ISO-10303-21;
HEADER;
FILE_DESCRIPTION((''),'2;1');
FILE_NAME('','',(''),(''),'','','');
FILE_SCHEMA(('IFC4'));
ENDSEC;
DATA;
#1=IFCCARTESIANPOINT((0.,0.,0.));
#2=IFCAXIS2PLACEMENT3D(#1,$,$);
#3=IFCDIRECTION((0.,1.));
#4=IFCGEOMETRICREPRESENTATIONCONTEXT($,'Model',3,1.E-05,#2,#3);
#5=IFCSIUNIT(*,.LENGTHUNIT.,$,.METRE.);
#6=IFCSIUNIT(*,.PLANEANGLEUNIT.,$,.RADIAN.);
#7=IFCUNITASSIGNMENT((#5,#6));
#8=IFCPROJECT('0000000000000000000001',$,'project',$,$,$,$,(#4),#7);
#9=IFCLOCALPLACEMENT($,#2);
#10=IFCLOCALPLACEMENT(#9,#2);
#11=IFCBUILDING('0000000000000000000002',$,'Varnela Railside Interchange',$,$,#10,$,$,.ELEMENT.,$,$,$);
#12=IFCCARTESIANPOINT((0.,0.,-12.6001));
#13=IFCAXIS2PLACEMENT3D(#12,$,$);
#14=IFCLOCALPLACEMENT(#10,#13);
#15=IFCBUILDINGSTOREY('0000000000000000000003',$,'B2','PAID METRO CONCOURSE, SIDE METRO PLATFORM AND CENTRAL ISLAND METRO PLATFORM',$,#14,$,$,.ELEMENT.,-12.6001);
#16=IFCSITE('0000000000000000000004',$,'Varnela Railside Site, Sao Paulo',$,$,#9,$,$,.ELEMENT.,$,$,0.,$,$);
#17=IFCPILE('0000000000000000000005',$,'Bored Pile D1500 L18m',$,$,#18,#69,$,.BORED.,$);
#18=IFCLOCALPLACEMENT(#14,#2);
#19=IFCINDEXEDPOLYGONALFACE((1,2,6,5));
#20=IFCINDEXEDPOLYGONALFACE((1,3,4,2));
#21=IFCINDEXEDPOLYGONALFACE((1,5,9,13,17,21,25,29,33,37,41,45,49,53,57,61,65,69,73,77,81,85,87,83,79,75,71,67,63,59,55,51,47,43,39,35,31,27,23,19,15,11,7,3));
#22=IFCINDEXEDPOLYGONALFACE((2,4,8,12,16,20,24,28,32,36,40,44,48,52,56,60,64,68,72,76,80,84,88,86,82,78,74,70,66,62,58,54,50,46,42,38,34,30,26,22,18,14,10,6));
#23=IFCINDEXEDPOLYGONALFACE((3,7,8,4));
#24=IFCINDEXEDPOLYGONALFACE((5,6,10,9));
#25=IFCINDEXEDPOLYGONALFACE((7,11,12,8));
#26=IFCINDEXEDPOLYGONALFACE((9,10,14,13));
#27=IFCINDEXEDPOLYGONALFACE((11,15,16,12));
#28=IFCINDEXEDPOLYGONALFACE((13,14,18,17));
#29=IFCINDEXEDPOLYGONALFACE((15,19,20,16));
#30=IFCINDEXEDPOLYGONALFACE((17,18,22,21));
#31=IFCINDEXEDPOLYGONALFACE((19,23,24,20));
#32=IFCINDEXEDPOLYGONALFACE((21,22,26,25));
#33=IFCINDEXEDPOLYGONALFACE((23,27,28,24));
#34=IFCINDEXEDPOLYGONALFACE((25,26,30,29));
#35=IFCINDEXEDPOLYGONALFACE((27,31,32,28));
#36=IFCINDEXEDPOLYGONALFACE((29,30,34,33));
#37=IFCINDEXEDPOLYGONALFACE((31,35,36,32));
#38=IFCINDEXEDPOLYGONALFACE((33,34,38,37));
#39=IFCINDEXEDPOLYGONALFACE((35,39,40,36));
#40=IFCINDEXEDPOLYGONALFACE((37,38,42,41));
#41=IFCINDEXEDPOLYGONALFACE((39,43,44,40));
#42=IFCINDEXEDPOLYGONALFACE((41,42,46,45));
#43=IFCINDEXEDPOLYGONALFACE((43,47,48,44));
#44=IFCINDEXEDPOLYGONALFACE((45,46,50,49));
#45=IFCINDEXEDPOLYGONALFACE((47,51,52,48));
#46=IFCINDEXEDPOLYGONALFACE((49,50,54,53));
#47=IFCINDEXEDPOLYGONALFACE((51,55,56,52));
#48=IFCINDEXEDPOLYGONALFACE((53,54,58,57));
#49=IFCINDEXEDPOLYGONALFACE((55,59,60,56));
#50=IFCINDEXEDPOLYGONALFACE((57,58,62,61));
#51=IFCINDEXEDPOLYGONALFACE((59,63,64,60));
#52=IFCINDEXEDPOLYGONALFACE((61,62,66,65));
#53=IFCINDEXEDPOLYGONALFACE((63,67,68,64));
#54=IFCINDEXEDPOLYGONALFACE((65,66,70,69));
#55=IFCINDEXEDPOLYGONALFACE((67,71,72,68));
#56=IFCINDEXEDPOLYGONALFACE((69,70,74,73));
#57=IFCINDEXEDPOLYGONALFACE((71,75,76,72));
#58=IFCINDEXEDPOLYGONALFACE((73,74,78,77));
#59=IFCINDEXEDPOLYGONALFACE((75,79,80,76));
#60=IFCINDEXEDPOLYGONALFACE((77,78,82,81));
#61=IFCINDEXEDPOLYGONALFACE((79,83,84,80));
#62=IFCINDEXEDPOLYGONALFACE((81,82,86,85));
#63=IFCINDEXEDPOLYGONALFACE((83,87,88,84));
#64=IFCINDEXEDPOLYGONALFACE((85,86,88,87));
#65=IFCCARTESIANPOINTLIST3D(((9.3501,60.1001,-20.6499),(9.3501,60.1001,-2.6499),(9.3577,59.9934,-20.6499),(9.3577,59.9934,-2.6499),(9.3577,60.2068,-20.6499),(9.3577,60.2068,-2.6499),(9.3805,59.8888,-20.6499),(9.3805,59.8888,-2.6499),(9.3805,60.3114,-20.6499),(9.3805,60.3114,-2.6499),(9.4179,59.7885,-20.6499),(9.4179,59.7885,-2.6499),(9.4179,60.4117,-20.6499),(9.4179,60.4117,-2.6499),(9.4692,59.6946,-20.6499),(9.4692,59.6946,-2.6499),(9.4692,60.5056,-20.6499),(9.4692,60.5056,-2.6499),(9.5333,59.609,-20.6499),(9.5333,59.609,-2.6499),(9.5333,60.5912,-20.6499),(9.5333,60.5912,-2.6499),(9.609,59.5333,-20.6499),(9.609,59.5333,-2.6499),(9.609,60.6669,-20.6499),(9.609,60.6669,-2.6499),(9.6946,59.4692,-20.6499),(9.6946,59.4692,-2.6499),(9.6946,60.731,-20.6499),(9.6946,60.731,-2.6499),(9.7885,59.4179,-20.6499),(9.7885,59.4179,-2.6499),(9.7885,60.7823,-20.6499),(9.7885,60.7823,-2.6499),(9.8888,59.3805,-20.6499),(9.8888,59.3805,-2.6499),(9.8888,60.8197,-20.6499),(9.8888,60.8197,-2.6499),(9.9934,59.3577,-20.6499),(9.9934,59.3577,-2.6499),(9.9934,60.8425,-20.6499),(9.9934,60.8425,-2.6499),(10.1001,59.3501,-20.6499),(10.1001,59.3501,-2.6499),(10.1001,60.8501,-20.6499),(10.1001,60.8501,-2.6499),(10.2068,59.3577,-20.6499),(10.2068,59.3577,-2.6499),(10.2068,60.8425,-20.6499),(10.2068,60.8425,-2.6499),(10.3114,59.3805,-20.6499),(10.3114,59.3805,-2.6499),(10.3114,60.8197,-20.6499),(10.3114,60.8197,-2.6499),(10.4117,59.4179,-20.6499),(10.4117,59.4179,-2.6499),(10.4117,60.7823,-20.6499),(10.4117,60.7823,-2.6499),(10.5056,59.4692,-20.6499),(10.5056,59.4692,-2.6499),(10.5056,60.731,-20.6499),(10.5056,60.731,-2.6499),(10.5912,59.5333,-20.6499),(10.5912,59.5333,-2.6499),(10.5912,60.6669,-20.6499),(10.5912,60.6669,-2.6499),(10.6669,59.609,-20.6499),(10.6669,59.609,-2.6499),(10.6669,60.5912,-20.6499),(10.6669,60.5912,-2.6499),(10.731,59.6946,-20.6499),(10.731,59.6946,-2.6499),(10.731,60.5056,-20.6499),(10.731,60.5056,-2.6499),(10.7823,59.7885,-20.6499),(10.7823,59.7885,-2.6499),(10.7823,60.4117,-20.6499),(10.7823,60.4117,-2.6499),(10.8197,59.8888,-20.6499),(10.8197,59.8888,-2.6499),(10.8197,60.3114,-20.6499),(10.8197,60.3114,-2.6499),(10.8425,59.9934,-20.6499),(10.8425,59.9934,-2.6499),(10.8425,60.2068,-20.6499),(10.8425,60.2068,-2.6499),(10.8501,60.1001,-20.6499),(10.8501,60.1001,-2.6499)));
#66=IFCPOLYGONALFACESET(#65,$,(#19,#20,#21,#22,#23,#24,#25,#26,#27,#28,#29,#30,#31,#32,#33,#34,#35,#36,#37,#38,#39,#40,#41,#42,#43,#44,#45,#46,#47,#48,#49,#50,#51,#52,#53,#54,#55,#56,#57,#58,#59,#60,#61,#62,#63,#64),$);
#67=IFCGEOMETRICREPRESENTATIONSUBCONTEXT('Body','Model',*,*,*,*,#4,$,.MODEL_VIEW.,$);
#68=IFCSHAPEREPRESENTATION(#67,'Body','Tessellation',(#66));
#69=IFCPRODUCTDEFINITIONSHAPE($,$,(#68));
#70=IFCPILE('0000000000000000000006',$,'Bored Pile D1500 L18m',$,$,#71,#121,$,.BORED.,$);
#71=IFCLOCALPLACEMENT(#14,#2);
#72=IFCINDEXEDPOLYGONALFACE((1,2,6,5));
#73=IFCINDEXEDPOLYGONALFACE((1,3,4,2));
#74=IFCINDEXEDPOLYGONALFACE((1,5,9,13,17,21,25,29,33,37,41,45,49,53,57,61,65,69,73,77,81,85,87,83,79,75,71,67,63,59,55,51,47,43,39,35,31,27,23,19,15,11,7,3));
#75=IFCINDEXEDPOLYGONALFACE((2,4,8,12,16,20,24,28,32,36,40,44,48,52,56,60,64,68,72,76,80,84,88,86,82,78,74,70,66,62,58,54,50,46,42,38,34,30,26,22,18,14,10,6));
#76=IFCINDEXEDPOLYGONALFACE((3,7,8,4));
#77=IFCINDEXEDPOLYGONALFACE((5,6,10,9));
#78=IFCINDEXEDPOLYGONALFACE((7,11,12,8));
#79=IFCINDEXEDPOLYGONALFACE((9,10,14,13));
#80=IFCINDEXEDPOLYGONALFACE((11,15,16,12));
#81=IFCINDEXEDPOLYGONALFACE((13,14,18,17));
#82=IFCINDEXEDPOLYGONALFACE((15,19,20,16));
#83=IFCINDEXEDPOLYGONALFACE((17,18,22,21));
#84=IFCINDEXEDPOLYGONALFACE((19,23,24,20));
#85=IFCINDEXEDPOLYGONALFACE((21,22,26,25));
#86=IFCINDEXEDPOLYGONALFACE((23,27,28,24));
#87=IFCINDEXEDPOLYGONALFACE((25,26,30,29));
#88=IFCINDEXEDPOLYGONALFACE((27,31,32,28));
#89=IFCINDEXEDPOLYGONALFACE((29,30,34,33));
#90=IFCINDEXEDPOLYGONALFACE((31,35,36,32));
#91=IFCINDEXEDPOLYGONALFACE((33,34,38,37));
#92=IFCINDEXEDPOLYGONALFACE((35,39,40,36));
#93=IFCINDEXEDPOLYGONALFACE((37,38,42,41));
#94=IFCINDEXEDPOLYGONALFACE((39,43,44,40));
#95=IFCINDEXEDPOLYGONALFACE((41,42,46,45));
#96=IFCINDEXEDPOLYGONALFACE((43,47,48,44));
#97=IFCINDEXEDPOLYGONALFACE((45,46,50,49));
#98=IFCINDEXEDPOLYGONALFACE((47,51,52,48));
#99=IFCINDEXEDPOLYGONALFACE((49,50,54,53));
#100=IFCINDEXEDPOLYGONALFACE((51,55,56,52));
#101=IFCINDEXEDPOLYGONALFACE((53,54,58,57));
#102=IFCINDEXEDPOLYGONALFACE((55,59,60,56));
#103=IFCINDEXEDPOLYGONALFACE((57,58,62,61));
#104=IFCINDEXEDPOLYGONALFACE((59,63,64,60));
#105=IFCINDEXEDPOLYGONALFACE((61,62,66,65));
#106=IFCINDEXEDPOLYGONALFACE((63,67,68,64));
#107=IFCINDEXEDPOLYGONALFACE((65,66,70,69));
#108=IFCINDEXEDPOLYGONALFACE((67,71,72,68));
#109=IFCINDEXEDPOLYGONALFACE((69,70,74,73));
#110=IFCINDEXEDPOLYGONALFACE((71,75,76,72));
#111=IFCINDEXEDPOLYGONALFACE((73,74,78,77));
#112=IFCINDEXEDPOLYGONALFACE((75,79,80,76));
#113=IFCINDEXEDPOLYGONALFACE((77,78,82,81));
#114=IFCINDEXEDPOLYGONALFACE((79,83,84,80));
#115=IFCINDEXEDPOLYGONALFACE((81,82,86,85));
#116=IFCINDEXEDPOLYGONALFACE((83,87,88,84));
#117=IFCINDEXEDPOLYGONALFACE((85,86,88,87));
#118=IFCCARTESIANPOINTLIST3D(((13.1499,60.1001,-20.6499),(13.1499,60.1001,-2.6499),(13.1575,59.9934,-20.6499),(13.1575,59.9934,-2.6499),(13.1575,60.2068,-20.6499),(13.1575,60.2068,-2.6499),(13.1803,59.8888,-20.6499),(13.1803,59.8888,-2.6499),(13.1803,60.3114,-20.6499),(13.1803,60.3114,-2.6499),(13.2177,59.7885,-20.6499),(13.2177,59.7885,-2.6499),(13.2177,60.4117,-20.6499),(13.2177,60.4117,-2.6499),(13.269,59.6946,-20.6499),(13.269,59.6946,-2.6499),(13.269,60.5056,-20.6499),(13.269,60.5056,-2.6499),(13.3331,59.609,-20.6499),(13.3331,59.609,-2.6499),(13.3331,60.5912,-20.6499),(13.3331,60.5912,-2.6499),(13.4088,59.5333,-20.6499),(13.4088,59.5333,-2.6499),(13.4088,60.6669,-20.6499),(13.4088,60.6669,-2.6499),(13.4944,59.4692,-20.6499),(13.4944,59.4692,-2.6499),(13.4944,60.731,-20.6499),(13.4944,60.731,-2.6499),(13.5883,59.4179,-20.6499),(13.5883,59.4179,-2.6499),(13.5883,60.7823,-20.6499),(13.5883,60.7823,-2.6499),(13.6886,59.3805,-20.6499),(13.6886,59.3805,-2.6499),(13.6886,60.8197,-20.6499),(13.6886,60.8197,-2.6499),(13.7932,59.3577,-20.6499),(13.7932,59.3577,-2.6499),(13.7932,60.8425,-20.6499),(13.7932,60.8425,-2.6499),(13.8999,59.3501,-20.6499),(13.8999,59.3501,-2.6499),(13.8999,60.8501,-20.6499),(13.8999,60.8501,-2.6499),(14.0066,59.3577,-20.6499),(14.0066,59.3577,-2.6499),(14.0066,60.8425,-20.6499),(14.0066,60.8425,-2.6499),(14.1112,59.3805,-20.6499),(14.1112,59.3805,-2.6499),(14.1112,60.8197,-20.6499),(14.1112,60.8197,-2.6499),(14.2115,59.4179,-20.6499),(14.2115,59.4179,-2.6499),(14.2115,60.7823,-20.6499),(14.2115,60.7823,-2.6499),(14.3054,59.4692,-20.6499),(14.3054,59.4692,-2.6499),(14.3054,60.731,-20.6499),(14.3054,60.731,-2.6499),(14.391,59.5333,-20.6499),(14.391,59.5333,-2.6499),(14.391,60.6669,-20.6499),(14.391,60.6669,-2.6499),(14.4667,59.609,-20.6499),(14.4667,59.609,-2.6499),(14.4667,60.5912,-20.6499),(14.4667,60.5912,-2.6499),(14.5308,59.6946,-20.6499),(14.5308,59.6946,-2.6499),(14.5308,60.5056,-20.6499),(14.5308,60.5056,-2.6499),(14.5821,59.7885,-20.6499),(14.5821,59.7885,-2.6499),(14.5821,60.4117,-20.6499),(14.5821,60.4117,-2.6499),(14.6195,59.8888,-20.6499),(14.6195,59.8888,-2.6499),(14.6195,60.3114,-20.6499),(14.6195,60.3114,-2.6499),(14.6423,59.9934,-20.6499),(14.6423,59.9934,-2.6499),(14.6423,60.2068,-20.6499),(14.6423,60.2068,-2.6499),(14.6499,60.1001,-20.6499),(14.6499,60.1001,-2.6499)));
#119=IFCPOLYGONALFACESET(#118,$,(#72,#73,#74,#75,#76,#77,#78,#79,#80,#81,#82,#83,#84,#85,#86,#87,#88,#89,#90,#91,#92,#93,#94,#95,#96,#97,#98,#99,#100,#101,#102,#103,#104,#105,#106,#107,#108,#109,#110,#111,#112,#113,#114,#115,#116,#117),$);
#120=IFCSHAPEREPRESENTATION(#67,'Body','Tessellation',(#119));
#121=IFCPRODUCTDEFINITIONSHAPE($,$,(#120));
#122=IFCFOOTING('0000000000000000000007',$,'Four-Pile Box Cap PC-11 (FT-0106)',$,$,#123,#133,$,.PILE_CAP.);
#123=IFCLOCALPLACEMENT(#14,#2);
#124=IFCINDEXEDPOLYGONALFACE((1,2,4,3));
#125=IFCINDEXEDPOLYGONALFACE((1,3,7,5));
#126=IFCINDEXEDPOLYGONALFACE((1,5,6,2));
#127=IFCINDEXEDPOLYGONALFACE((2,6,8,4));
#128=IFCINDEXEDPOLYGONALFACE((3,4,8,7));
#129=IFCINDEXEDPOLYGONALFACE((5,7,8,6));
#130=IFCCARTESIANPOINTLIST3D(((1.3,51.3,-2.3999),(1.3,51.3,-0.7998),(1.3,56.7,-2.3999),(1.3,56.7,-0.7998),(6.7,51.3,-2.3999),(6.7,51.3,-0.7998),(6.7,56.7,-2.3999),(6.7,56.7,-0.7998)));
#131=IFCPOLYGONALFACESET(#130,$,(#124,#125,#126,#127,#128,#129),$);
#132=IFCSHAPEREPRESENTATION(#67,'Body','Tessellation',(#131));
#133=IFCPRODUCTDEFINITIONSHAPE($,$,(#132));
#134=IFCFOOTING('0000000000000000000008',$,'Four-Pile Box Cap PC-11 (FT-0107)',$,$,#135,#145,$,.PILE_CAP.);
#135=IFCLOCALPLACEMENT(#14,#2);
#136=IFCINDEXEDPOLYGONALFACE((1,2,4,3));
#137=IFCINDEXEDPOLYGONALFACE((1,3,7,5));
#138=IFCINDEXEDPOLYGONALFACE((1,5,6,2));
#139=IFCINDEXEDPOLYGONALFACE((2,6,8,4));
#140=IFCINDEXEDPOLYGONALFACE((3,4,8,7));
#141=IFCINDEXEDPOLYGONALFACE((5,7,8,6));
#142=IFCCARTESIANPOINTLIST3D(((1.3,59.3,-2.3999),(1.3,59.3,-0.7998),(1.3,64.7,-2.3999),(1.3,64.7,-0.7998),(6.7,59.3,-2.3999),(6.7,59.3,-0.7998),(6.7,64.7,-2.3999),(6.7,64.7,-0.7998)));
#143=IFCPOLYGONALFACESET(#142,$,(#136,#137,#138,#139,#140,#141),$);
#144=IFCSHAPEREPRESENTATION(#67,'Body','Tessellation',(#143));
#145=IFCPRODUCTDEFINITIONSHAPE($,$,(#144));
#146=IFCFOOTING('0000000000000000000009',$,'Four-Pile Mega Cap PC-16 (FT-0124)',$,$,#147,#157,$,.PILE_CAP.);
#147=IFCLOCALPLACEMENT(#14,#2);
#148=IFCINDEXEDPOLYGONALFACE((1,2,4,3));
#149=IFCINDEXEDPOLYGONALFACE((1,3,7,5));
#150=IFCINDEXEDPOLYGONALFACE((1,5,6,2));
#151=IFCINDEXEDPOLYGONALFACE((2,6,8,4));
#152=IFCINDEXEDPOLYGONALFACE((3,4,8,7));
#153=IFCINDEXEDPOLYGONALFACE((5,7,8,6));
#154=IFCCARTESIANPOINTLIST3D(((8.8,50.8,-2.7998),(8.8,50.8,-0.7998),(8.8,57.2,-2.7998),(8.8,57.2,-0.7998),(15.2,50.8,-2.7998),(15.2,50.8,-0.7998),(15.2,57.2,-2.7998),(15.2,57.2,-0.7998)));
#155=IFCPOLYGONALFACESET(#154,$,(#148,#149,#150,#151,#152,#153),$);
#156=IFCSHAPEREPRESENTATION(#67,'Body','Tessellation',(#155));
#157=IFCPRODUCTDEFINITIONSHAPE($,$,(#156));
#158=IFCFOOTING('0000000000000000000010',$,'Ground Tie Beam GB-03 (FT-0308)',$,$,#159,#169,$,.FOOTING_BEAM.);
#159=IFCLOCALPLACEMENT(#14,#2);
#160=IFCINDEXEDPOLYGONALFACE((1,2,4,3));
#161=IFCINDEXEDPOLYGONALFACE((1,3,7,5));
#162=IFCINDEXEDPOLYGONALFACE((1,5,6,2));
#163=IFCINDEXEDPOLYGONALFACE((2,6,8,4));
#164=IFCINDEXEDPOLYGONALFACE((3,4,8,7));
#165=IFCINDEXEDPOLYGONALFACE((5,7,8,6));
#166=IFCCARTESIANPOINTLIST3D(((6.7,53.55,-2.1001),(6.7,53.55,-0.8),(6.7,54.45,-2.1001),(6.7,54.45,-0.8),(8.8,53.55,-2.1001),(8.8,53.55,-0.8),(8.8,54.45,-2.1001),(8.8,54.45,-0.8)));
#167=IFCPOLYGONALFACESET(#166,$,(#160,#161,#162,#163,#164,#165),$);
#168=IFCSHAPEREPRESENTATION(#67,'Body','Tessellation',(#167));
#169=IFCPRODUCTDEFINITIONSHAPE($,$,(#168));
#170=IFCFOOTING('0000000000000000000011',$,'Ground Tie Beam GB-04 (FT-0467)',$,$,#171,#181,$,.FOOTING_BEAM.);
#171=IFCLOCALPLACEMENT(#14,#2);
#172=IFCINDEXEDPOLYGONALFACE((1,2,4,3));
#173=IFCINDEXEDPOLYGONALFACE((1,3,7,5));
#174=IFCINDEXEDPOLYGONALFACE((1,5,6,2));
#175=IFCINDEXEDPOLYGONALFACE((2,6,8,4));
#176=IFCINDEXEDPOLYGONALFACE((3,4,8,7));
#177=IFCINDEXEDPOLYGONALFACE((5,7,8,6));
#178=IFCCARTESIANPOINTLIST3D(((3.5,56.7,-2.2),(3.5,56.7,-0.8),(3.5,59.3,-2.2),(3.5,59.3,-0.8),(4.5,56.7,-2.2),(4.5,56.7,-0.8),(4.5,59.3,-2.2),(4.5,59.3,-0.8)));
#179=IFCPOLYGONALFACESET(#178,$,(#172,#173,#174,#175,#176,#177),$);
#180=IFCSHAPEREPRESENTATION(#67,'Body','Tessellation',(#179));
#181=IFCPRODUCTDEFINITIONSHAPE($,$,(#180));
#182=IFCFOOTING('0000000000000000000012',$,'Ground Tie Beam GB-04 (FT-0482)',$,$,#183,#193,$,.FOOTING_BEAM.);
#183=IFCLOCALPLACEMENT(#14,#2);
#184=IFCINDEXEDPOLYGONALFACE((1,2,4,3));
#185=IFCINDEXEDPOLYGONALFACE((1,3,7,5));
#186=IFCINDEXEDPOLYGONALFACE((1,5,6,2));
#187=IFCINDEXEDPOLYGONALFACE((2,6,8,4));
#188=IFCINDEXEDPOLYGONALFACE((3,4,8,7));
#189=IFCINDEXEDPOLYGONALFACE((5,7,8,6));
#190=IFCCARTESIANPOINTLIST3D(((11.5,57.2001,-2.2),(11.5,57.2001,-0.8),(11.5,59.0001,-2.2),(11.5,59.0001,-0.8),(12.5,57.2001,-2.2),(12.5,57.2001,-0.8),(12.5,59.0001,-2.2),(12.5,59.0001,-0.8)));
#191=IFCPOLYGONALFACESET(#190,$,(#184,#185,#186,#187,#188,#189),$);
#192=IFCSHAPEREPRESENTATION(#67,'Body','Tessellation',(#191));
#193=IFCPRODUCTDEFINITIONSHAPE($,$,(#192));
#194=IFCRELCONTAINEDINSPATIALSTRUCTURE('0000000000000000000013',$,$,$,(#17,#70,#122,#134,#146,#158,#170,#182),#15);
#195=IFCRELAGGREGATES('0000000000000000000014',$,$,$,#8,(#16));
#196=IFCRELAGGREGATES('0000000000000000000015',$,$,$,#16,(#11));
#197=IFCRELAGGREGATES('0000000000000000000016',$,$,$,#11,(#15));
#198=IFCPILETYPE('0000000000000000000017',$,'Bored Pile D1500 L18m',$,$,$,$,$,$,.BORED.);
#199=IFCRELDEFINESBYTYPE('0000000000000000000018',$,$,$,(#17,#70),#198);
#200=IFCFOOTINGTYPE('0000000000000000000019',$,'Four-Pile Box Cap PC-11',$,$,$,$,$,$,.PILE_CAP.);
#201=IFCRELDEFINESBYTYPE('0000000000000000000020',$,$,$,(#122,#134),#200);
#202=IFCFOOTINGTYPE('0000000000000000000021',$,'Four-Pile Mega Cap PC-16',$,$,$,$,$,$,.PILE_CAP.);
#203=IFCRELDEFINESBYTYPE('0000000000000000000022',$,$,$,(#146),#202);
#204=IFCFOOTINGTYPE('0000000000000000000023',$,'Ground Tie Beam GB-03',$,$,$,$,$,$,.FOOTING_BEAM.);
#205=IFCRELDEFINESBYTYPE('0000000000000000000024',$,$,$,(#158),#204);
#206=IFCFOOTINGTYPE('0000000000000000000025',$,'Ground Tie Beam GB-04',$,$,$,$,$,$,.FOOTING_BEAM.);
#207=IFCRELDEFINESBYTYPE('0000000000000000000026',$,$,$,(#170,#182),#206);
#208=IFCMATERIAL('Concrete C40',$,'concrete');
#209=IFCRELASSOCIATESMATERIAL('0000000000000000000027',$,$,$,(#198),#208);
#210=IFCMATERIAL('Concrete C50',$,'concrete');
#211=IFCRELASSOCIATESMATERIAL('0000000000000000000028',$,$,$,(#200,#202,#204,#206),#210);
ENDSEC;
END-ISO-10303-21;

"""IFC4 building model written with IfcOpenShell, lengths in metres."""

from ifc_helpers import new_model, si_unit, direction, frame, origin, origin_2d, place, context, subcontext, project, spatial, rectangle, circle, extrude, material, material_profile, profile_set, type_object, element, save


model = new_model("IFC4")

# Units and contexts
model_context = context("Model", 3, precision=1e-05, world=origin(), true_north=direction((0.0, 1.0)))
body_context = subcontext(model_context, "Body", "Model", "MODEL_VIEW")
ifc_project = project(units=[si_unit("LENGTHUNIT", "METRE"), si_unit("PLANEANGLEUNIT", "RADIAN")], contexts=[model_context])

# Site, building, storey
site_placement = place(None, origin())
site = spatial("IfcSite", under=ifc_project, at=site_placement, Name="Varnela Railside Site, Sao Paulo", CompositionType="ELEMENT", RefElevation=0.0)
building_placement = place(site_placement, origin())
building = spatial("IfcBuilding", under=site, at=building_placement, Name="Varnela Railside Interchange", CompositionType="ELEMENT")
storey_placement = place(building_placement, frame((0.0, 0.0, -12.6001)))
storey = spatial("IfcBuildingStorey", under=building, at=storey_placement, Name="B2", Description="PAID METRO CONCOURSE, SIDE METRO PLATFORM AND CENTRAL ISLAND METRO PLATFORM", CompositionType="ELEMENT", Elevation=-12.6001)

# Piles
ifc_material_1 = material(Name="Concrete C40", Category="concrete")
ifc_material_profile_1 = material_profile(ifc_material_1, circle(Radius=0.75, at=origin_2d()), Name="BORED PILE D1500")
ifc_profile_set_1 = profile_set([ifc_material_profile_1], Name="Concrete C40")
pile_type_1 = type_object("IfcPileType", Name="Bored Pile D1500 L18m", PredefinedType="BORED", material=ifc_profile_set_1)
for number, where, z_axis, x_axis, name in (
    (1, (10.1001, 60.1001, -2.6499), (0.0, 0.0, -1.0), (1.0, 0.0, 0.0), "Bored Pile D1500 L18m"),
    (2, (13.8999, 60.1001, -2.6499), (0.0, 0.0, -1.0), (1.0, 0.0, 0.0), "Bored Pile D1500 L18m"),
):
    element("IfcPile", number, at=place(storey_placement, frame(where, z_axis=z_axis, x_axis=x_axis)), inside=storey, type_object=pile_type_1, Name=name, PredefinedType="BORED", context=body_context, shape_type="SweptSolid", body=[
        extrude(circle(Radius=0.75, at=origin_2d()), origin(), (0.0, 0.0, 1.0), 18.0),
    ])

# Footings
ifc_material_2 = material(Name="Concrete C50", Category="concrete")
footing_type_1 = type_object("IfcFootingType", Name="Four-Pile Box Cap PC-11", PredefinedType="PILE_CAP", material=ifc_material_2)
for number, where, z_axis, x_axis, name in (
    (3, (4.0, 54.0, -2.3999), (0.0, 0.0, 1.0), (1.0, 0.0, 0.0), "Four-Pile Box Cap PC-11 (FT-0106)"),
    (4, (4.0, 62.0, -2.3999), (0.0, 0.0, 1.0), (1.0, 0.0, 0.0), "Four-Pile Box Cap PC-11 (FT-0107)"),
):
    element("IfcFooting", number, at=place(storey_placement, frame(where, z_axis=z_axis, x_axis=x_axis)), inside=storey, type_object=footing_type_1, Name=name, PredefinedType="PILE_CAP", context=body_context, shape_type="SweptSolid", body=[
        extrude(rectangle(XDim=5.3999, YDim=5.3999, at=origin_2d()), origin(), (0.0, 0.0, 1.0), 1.6001),
    ])
footing_type_2 = type_object("IfcFootingType", Name="Four-Pile Mega Cap PC-16", PredefinedType="PILE_CAP", material=ifc_material_2)
footing_1_placement = place(storey_placement, frame((12.0, 54.0, -2.7998), z_axis=(0.0, 0.0, 1.0), x_axis=(1.0, 0.0, 0.0)))
element("IfcFooting", 5, at=footing_1_placement, inside=storey, type_object=footing_type_2, Name="Four-Pile Mega Cap PC-16 (FT-0124)", PredefinedType="PILE_CAP", context=body_context, shape_type="SweptSolid", body=[
    extrude(rectangle(XDim=6.3999, YDim=6.3999, at=origin_2d()), origin(), (0.0, 0.0, 1.0), 2.0),
])
footing_type_3 = type_object("IfcFootingType", Name="Ground Tie Beam GB-03", PredefinedType="FOOTING_BEAM", material=ifc_material_2)
footing_2_placement = place(storey_placement, frame((7.75, 54.0, -2.1001), z_axis=(0.0, 0.0, 1.0), x_axis=(1.0, 0.0, 0.0)))
element("IfcFooting", 6, at=footing_2_placement, inside=storey, type_object=footing_type_3, Name="Ground Tie Beam GB-03 (FT-0308)", PredefinedType="FOOTING_BEAM", context=body_context, shape_type="SweptSolid", body=[
    extrude(rectangle(XDim=2.1001, YDim=0.8999, at=origin_2d()), origin(), (0.0, 0.0, 1.0), 1.3),
])
footing_type_4 = type_object("IfcFootingType", Name="Ground Tie Beam GB-04", PredefinedType="FOOTING_BEAM", material=ifc_material_2)
footing_3_placement = place(storey_placement, frame((4.0, 58.0, -2.2), z_axis=(0.0, 0.0, 1.0), x_axis=(1.0, 0.0, 0.0)))
element("IfcFooting", 7, at=footing_3_placement, inside=storey, type_object=footing_type_4, Name="Ground Tie Beam GB-04 (FT-0467)", PredefinedType="FOOTING_BEAM", context=body_context, shape_type="SweptSolid", body=[
    extrude(rectangle(XDim=1.0, YDim=2.6001, at=origin_2d()), origin(), (0.0, 0.0, 1.0), 1.3999),
])
footing_4_placement = place(storey_placement, frame((12.0, 58.1001, -2.2), z_axis=(0.0, 0.0, 1.0), x_axis=(1.0, 0.0, 0.0)))
element("IfcFooting", 8, at=footing_4_placement, inside=storey, type_object=footing_type_4, Name="Ground Tie Beam GB-04 (FT-0482)", PredefinedType="FOOTING_BEAM", context=body_context, shape_type="SweptSolid", body=[
    extrude(rectangle(XDim=1.0, YDim=1.8, at=origin_2d()), origin(), (0.0, 0.0, 1.0), 1.3999),
])

save(model, "model.ifc")
